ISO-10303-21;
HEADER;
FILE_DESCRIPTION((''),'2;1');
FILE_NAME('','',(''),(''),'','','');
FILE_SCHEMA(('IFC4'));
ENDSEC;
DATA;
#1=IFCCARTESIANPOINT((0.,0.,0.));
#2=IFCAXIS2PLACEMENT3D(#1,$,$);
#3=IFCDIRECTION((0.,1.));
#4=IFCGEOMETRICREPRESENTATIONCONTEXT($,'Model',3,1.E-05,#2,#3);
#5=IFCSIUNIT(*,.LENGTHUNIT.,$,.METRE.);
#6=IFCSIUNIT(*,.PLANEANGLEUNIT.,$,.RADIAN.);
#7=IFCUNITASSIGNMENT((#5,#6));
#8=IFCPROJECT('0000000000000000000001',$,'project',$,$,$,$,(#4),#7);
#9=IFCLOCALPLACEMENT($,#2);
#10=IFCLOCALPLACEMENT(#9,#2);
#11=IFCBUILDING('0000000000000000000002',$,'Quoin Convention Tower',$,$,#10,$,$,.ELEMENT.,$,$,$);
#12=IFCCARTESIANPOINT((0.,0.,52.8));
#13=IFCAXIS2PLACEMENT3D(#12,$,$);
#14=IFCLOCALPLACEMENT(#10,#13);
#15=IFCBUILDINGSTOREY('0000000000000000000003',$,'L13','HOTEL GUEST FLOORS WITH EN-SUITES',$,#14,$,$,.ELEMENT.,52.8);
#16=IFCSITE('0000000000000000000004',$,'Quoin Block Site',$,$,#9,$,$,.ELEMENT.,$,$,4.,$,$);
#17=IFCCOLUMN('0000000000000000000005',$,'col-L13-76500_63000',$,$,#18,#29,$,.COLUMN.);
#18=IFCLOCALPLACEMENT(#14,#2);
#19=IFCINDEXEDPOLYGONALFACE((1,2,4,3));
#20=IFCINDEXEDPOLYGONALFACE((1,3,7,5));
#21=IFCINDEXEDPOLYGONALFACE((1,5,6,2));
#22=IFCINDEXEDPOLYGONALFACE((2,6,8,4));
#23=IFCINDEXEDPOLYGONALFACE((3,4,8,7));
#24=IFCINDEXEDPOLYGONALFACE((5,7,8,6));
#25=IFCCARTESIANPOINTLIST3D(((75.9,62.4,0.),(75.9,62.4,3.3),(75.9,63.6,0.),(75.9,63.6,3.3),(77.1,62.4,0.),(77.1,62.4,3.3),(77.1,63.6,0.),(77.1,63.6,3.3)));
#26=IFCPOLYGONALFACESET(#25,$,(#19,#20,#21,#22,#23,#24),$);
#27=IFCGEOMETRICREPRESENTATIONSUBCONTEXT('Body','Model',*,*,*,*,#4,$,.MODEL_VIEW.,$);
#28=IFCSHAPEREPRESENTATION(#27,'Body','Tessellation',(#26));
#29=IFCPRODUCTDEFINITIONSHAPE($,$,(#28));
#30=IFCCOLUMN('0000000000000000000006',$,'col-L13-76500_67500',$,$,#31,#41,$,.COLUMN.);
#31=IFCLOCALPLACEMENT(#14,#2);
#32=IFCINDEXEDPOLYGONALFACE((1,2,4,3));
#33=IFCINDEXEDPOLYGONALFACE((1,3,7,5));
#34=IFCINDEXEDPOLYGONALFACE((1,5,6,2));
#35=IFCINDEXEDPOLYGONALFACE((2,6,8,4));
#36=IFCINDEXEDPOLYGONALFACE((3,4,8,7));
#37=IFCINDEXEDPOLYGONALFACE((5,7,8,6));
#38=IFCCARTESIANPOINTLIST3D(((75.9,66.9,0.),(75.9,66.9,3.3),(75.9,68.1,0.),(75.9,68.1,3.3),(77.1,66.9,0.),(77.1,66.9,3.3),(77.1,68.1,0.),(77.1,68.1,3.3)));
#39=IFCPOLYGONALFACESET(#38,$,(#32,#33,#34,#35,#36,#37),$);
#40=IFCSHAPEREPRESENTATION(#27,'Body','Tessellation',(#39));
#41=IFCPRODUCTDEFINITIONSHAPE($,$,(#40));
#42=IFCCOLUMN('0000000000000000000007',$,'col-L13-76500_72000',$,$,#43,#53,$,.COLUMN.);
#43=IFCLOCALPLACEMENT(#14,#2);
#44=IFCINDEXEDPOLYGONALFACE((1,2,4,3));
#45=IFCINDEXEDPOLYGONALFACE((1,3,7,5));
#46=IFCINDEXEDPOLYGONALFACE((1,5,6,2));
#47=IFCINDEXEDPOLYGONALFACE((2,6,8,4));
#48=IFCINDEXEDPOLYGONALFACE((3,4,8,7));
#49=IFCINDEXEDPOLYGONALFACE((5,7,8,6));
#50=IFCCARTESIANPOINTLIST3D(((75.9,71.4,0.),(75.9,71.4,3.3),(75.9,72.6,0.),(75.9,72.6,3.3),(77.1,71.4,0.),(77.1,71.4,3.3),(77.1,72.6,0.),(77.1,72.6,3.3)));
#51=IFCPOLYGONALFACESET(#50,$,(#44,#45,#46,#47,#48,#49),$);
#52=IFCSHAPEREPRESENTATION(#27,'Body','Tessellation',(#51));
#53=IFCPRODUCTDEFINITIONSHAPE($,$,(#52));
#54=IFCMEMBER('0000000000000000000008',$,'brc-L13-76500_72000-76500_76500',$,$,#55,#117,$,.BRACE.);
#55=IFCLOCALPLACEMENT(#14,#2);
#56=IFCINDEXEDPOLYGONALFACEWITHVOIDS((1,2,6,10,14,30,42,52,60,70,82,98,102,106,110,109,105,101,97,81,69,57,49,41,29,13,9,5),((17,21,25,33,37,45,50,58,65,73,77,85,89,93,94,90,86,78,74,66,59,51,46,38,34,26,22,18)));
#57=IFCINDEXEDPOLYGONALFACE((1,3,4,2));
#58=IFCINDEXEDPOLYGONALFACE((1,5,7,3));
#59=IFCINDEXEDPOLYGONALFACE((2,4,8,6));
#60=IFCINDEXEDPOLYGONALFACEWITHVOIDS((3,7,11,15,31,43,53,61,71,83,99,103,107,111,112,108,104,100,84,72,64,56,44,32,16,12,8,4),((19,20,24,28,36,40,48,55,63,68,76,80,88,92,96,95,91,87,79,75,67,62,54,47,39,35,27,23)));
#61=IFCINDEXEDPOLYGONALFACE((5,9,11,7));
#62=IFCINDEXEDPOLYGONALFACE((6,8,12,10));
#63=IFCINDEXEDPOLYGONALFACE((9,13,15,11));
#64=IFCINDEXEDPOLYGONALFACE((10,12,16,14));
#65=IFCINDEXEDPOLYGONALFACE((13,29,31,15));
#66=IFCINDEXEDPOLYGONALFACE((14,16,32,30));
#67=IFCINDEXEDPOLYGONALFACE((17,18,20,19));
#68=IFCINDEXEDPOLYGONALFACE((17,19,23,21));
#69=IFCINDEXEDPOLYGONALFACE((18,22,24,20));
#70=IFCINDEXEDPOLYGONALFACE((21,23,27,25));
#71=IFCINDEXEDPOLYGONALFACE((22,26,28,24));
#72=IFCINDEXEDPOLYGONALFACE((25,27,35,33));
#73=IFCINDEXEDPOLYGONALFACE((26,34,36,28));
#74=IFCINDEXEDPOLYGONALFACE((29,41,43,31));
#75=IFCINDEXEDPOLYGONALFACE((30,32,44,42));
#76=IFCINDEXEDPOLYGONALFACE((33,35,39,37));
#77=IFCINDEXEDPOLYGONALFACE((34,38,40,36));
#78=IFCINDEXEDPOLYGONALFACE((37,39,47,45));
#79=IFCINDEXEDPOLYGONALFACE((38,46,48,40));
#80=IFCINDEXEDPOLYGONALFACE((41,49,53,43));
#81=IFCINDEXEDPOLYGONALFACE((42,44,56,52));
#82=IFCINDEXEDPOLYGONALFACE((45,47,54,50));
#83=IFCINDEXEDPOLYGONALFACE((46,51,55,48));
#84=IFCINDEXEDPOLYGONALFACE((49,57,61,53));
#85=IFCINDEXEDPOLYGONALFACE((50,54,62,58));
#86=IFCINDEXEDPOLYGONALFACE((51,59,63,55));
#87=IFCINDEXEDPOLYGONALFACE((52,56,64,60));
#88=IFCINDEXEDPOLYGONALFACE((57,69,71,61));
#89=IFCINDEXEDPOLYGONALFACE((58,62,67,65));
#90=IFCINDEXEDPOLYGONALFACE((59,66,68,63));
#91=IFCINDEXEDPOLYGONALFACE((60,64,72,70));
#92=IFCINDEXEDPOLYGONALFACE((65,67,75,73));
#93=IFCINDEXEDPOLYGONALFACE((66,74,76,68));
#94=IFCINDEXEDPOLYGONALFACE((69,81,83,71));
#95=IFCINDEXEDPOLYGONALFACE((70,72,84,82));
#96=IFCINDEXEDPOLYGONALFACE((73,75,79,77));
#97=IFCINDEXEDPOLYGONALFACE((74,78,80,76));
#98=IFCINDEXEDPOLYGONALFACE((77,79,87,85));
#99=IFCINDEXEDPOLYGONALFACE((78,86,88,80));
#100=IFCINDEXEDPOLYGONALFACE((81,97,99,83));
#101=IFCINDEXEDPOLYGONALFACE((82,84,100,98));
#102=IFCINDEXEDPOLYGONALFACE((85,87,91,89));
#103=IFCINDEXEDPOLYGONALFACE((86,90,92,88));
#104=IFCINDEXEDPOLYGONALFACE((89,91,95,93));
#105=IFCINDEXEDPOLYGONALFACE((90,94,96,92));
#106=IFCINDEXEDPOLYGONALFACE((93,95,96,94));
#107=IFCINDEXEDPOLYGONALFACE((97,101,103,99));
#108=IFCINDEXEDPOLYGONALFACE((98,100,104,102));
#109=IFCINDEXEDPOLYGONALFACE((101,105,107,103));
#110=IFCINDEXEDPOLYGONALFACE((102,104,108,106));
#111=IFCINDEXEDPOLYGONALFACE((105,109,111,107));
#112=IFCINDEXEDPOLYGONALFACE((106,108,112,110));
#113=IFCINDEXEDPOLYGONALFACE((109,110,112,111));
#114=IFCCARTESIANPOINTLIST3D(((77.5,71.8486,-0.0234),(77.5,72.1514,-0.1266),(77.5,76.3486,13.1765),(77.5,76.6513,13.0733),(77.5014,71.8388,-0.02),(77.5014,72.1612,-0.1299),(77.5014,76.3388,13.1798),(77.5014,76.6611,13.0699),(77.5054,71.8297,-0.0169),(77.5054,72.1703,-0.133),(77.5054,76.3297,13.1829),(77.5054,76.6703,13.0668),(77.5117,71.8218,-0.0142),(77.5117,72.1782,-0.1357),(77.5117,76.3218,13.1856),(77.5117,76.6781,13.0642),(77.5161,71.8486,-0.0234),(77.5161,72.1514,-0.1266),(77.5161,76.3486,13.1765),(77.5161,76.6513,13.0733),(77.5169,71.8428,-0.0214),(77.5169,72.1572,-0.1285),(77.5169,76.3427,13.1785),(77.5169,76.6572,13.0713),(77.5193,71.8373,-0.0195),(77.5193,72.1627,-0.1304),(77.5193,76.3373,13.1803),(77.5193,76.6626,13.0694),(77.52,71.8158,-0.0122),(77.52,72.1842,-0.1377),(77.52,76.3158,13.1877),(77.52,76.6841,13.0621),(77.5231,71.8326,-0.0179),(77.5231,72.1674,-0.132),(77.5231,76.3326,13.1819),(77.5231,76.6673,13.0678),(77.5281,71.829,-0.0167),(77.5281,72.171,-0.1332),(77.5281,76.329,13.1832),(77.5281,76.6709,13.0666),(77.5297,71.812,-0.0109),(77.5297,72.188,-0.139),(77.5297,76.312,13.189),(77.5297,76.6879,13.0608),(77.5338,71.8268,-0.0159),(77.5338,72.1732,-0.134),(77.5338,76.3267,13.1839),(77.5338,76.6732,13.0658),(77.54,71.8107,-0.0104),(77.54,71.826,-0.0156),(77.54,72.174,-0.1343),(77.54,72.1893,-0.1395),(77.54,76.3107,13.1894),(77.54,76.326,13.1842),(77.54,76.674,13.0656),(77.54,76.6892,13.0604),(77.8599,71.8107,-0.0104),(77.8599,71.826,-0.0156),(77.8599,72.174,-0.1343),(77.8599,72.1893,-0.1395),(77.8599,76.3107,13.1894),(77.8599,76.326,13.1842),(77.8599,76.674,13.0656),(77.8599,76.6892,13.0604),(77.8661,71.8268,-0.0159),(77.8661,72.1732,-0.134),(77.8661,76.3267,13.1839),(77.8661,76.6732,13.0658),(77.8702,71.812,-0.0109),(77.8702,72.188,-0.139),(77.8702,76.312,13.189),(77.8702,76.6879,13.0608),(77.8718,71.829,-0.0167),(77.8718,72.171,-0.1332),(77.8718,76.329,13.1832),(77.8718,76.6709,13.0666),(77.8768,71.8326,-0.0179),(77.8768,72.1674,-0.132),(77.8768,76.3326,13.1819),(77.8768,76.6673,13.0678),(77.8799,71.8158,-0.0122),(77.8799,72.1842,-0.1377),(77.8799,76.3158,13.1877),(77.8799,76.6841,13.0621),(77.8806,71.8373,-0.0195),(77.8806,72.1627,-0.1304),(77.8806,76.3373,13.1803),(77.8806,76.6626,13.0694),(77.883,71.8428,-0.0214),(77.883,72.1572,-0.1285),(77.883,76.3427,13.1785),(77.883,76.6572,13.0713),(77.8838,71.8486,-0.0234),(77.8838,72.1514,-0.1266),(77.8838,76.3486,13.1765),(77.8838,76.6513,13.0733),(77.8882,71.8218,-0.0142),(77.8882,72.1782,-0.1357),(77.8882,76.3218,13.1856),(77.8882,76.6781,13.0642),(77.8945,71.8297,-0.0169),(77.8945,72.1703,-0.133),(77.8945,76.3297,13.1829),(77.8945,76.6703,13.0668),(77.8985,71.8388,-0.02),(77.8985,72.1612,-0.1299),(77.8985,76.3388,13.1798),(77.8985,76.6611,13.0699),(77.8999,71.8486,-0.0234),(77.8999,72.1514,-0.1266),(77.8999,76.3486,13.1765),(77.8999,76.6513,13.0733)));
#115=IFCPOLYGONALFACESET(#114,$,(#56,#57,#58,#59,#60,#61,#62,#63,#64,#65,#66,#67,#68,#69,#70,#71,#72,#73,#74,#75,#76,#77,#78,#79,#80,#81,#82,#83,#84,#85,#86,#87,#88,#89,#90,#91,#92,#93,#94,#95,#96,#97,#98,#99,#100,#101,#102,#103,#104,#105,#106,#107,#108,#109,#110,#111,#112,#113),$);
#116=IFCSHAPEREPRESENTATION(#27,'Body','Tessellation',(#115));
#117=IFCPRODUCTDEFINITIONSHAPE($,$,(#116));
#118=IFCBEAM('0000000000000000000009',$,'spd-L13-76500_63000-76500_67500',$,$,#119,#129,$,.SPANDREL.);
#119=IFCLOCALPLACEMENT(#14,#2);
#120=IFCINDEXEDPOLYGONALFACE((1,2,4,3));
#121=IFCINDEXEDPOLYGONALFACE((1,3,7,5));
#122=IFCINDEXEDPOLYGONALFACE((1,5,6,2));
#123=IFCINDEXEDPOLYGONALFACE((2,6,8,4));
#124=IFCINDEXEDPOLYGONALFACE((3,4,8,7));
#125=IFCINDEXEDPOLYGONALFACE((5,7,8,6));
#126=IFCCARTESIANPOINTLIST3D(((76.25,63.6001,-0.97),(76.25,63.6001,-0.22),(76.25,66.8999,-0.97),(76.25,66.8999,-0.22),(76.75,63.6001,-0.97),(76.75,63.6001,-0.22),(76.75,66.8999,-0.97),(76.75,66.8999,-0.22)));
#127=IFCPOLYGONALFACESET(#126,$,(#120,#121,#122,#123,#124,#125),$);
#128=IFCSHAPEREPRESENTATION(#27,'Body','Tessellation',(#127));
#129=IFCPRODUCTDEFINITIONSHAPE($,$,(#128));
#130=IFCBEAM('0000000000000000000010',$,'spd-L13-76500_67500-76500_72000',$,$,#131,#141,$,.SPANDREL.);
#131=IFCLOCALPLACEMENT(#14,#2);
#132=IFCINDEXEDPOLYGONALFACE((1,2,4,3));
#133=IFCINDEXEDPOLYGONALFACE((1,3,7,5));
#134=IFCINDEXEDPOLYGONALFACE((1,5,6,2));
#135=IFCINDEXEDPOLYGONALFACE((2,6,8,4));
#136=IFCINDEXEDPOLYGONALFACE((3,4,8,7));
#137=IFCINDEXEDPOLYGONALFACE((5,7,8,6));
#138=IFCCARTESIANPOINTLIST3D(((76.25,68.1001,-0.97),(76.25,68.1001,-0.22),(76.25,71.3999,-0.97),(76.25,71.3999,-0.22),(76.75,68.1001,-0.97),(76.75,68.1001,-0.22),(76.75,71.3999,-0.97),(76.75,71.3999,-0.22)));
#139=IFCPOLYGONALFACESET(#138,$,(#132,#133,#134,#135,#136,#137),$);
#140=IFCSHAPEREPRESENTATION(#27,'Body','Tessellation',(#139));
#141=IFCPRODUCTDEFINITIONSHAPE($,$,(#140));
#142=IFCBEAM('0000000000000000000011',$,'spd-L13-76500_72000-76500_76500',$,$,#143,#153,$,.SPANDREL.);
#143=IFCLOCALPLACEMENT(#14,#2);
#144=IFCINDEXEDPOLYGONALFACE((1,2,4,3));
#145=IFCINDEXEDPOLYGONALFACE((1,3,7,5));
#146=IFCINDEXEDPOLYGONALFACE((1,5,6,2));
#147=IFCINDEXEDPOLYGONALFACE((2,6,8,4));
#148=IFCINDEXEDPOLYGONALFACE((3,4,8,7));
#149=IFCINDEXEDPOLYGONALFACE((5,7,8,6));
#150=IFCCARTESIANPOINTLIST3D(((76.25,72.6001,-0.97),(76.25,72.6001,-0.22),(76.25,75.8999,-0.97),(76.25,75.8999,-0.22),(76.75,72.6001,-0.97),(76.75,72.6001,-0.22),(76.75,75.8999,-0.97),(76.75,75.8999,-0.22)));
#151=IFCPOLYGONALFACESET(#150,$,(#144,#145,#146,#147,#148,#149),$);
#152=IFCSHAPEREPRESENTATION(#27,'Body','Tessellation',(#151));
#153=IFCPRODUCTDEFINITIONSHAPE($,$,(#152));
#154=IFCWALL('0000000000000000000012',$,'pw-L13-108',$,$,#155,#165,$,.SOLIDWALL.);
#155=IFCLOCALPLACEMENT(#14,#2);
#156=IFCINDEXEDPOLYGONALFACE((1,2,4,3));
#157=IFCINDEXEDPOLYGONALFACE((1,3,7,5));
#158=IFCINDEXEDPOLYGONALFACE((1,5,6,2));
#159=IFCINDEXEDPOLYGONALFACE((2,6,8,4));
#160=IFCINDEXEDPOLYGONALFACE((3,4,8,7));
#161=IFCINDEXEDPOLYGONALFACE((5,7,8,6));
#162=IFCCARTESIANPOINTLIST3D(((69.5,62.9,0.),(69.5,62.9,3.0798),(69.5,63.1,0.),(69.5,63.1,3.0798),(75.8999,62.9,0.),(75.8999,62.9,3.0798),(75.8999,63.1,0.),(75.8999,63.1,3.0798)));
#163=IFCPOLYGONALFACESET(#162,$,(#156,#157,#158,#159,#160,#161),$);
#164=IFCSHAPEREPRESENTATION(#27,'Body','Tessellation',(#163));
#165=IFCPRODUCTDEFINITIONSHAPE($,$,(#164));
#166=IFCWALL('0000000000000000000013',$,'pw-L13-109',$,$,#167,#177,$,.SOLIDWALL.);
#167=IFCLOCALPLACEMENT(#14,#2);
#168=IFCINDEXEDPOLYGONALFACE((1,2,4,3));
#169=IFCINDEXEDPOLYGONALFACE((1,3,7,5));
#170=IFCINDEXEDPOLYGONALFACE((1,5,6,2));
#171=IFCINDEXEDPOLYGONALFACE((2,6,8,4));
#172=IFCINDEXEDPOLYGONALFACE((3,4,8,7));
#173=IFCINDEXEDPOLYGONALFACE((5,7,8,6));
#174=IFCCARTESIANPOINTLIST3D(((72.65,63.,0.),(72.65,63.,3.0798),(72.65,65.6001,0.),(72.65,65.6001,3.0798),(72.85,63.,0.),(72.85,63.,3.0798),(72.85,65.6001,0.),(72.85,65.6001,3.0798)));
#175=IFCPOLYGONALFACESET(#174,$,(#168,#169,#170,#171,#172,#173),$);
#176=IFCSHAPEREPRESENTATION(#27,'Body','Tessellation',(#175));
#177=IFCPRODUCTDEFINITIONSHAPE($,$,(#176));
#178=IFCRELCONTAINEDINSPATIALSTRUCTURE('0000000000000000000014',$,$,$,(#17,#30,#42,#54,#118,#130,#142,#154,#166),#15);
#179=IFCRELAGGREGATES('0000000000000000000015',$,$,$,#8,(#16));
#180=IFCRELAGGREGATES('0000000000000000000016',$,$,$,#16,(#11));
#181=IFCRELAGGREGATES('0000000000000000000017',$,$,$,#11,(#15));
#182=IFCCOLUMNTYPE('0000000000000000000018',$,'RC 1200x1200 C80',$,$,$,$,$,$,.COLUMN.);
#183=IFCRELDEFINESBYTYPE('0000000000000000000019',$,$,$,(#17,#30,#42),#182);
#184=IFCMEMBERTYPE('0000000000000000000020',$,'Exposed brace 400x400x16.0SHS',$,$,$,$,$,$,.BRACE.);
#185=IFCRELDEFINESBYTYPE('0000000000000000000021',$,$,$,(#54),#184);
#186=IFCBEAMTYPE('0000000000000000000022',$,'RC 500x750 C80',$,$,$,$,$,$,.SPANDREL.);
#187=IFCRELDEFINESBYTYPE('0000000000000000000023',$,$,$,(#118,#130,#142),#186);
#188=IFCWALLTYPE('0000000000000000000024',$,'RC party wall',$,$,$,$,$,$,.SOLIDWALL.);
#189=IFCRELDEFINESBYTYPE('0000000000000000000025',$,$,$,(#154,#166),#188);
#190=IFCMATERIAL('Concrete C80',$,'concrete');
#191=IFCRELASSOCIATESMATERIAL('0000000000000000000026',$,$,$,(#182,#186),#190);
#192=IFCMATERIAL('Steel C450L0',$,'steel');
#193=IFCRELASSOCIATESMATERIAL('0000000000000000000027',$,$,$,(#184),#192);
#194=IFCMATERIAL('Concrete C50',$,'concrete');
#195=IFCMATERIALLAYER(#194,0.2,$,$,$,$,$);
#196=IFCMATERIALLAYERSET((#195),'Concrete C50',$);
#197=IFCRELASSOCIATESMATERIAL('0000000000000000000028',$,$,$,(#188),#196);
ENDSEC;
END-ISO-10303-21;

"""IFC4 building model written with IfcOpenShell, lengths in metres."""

from ifc_helpers import new_model, si_unit, direction, frame, frame_2d, origin, origin_2d, place, context, subcontext, project, spatial, rectangle, hollow_rectangle, extrude, material, layer, layer_set, material_profile, profile_set, type_object, element, save


model = new_model("IFC4")

# Units and contexts
model_context = context("Model", 3, precision=1e-05, world=origin(), true_north=direction((0.0, 1.0)))
body_context = subcontext(model_context, "Body", "Model", "MODEL_VIEW")
ifc_project = project(units=[si_unit("LENGTHUNIT", "METRE"), si_unit("PLANEANGLEUNIT", "RADIAN")], contexts=[model_context])

# Site, building, storey
site_placement = place(None, origin())
site = spatial("IfcSite", under=ifc_project, at=site_placement, Name="Quoin Block Site", CompositionType="ELEMENT", RefElevation=4.0)
building_placement = place(site_placement, origin())
building = spatial("IfcBuilding", under=site, at=building_placement, Name="Quoin Convention Tower", CompositionType="ELEMENT")
storey_placement = place(building_placement, frame((0.0, 0.0, 52.8)))
storey = spatial("IfcBuildingStorey", under=building, at=storey_placement, Name="L13", Description="HOTEL GUEST FLOORS WITH EN-SUITES", CompositionType="ELEMENT", Elevation=52.8)

# Columns
ifc_material_1 = material(Name="Concrete C80", Category="concrete")
ifc_material_profile_1 = material_profile(ifc_material_1, rectangle(XDim=1.2, YDim=1.2, at=origin_2d()), Name="RC 1200x1200")
ifc_profile_set_1 = profile_set([ifc_material_profile_1], Name="Concrete C80")
column_type = type_object("IfcColumnType", Name="RC 1200x1200 C80", PredefinedType="COLUMN", material=ifc_profile_set_1)
for number, where, z_axis, x_axis, name in (
    (1, (76.5, 63.0, 0.0), (0.0, 0.0, 1.0), (1.0, 0.0, 0.0), "col-L13-76500_63000"),
    (2, (76.5, 67.5, 0.0), (0.0, 0.0, 1.0), (1.0, 0.0, 0.0), "col-L13-76500_67500"),
    (3, (76.5, 72.0, 0.0), (0.0, 0.0, 1.0), (1.0, 0.0, 0.0), "col-L13-76500_72000"),
):
    element("IfcColumn", number, at=place(storey_placement, frame(where, z_axis=z_axis, x_axis=x_axis)), inside=storey, type_object=column_type, Name=name, PredefinedType="COLUMN", context=body_context, shape_type="SweptSolid", body=[
        extrude(rectangle(XDim=1.2, YDim=1.2, at=origin_2d()), origin(), (0.0, 0.0, 1.0), 3.3),
    ])

# Member
ifc_material_2 = material(Name="Steel C450L0", Category="steel")
ifc_material_profile_2 = material_profile(ifc_material_2, hollow_rectangle(XDim=0.3999, YDim=0.3999, WallThickness=0.0161, InnerFilletRadius=0.0239, OuterFilletRadius=0.04, at=origin_2d()), Name="400x400x16.0SHS")
ifc_profile_set_2 = profile_set([ifc_material_profile_2], Name="Steel C450L0")
member_type = type_object("IfcMemberType", Name="Exposed brace 400x400x16.0SHS", PredefinedType="BRACE", material=ifc_profile_set_2)
member_placement = place(storey_placement, frame((77.7, 72.0, -0.075), z_axis=(0.0, 0.322675, 0.94651), x_axis=(-1.0, 0.0, 0.0)))
element("IfcMember", 4, at=member_placement, inside=storey, type_object=member_type, Name="brc-L13-76500_72000-76500_76500", PredefinedType="BRACE", context=body_context, shape_type="SweptSolid", body=[
    extrude(hollow_rectangle(XDim=0.3999, YDim=0.3999, WallThickness=0.0161, InnerFilletRadius=0.0239, OuterFilletRadius=0.04, at=origin_2d()), origin(), (0.0, 0.0, 1.0), 13.9458),
])

# Beams
ifc_material_profile_3 = material_profile(ifc_material_1, rectangle(XDim=0.5, YDim=0.75, at=origin_2d()), Name="RC 500x750")
ifc_profile_set_3 = profile_set([ifc_material_profile_3], Name="Concrete C80")
beam_type = type_object("IfcBeamType", Name="RC 500x750 C80", PredefinedType="SPANDREL", material=ifc_profile_set_3)
for number, where, z_axis, x_axis, name in (
    (5, (76.5, 63.6001, -0.595), (0.0, 1.0, 0.0), (-1.0, 0.0, 0.0), "spd-L13-76500_63000-76500_67500"),
    (6, (76.5, 68.1001, -0.595), (0.0, 1.0, 0.0), (-1.0, 0.0, 0.0), "spd-L13-76500_67500-76500_72000"),
    (7, (76.5, 72.6001, -0.595), (0.0, 1.0, 0.0), (-1.0, 0.0, 0.0), "spd-L13-76500_72000-76500_76500"),
):
    element("IfcBeam", number, at=place(storey_placement, frame(where, z_axis=z_axis, x_axis=x_axis)), inside=storey, type_object=beam_type, Name=name, PredefinedType="SPANDREL", context=body_context, shape_type="SweptSolid", body=[
        extrude(rectangle(XDim=0.5, YDim=0.75, at=origin_2d()), origin(), (0.0, 0.0, 1.0), 3.2998),
    ])

# Walls
ifc_material_3 = material(Name="Concrete C50", Category="concrete")
ifc_layer = layer(ifc_material_3, 0.2)
ifc_layer_set = layer_set([ifc_layer], Name="Concrete C50")
wall_type = type_object("IfcWallType", Name="RC party wall", PredefinedType="SOLIDWALL", material=ifc_layer_set)
wall_1_placement = place(storey_placement, frame((69.5, 63.0, 0.0), z_axis=(0.0, 0.0, 1.0), x_axis=(1.0, 0.0, 0.0)))
element("IfcWall", 8, at=wall_1_placement, inside=storey, type_object=wall_type, Name="pw-L13-108", PredefinedType="SOLIDWALL", context=body_context, shape_type="SweptSolid", body=[
    extrude(rectangle(XDim=6.3999, YDim=0.2, at=frame_2d((3.2, 0.0))), origin(), (0.0, 0.0, 1.0), 3.0798),
])
wall_2_placement = place(storey_placement, frame((72.75, 63.0, 0.0), z_axis=(0.0, 0.0, 1.0), x_axis=(0.0, 1.0, 0.0)))
element("IfcWall", 9, at=wall_2_placement, inside=storey, type_object=wall_type, Name="pw-L13-109", PredefinedType="SOLIDWALL", context=body_context, shape_type="SweptSolid", body=[
    extrude(rectangle(XDim=2.6001, YDim=0.2, at=frame_2d((1.3, 0.0))), origin(), (0.0, 0.0, 1.0), 3.0798),
])

save(model, "model.ifc")
